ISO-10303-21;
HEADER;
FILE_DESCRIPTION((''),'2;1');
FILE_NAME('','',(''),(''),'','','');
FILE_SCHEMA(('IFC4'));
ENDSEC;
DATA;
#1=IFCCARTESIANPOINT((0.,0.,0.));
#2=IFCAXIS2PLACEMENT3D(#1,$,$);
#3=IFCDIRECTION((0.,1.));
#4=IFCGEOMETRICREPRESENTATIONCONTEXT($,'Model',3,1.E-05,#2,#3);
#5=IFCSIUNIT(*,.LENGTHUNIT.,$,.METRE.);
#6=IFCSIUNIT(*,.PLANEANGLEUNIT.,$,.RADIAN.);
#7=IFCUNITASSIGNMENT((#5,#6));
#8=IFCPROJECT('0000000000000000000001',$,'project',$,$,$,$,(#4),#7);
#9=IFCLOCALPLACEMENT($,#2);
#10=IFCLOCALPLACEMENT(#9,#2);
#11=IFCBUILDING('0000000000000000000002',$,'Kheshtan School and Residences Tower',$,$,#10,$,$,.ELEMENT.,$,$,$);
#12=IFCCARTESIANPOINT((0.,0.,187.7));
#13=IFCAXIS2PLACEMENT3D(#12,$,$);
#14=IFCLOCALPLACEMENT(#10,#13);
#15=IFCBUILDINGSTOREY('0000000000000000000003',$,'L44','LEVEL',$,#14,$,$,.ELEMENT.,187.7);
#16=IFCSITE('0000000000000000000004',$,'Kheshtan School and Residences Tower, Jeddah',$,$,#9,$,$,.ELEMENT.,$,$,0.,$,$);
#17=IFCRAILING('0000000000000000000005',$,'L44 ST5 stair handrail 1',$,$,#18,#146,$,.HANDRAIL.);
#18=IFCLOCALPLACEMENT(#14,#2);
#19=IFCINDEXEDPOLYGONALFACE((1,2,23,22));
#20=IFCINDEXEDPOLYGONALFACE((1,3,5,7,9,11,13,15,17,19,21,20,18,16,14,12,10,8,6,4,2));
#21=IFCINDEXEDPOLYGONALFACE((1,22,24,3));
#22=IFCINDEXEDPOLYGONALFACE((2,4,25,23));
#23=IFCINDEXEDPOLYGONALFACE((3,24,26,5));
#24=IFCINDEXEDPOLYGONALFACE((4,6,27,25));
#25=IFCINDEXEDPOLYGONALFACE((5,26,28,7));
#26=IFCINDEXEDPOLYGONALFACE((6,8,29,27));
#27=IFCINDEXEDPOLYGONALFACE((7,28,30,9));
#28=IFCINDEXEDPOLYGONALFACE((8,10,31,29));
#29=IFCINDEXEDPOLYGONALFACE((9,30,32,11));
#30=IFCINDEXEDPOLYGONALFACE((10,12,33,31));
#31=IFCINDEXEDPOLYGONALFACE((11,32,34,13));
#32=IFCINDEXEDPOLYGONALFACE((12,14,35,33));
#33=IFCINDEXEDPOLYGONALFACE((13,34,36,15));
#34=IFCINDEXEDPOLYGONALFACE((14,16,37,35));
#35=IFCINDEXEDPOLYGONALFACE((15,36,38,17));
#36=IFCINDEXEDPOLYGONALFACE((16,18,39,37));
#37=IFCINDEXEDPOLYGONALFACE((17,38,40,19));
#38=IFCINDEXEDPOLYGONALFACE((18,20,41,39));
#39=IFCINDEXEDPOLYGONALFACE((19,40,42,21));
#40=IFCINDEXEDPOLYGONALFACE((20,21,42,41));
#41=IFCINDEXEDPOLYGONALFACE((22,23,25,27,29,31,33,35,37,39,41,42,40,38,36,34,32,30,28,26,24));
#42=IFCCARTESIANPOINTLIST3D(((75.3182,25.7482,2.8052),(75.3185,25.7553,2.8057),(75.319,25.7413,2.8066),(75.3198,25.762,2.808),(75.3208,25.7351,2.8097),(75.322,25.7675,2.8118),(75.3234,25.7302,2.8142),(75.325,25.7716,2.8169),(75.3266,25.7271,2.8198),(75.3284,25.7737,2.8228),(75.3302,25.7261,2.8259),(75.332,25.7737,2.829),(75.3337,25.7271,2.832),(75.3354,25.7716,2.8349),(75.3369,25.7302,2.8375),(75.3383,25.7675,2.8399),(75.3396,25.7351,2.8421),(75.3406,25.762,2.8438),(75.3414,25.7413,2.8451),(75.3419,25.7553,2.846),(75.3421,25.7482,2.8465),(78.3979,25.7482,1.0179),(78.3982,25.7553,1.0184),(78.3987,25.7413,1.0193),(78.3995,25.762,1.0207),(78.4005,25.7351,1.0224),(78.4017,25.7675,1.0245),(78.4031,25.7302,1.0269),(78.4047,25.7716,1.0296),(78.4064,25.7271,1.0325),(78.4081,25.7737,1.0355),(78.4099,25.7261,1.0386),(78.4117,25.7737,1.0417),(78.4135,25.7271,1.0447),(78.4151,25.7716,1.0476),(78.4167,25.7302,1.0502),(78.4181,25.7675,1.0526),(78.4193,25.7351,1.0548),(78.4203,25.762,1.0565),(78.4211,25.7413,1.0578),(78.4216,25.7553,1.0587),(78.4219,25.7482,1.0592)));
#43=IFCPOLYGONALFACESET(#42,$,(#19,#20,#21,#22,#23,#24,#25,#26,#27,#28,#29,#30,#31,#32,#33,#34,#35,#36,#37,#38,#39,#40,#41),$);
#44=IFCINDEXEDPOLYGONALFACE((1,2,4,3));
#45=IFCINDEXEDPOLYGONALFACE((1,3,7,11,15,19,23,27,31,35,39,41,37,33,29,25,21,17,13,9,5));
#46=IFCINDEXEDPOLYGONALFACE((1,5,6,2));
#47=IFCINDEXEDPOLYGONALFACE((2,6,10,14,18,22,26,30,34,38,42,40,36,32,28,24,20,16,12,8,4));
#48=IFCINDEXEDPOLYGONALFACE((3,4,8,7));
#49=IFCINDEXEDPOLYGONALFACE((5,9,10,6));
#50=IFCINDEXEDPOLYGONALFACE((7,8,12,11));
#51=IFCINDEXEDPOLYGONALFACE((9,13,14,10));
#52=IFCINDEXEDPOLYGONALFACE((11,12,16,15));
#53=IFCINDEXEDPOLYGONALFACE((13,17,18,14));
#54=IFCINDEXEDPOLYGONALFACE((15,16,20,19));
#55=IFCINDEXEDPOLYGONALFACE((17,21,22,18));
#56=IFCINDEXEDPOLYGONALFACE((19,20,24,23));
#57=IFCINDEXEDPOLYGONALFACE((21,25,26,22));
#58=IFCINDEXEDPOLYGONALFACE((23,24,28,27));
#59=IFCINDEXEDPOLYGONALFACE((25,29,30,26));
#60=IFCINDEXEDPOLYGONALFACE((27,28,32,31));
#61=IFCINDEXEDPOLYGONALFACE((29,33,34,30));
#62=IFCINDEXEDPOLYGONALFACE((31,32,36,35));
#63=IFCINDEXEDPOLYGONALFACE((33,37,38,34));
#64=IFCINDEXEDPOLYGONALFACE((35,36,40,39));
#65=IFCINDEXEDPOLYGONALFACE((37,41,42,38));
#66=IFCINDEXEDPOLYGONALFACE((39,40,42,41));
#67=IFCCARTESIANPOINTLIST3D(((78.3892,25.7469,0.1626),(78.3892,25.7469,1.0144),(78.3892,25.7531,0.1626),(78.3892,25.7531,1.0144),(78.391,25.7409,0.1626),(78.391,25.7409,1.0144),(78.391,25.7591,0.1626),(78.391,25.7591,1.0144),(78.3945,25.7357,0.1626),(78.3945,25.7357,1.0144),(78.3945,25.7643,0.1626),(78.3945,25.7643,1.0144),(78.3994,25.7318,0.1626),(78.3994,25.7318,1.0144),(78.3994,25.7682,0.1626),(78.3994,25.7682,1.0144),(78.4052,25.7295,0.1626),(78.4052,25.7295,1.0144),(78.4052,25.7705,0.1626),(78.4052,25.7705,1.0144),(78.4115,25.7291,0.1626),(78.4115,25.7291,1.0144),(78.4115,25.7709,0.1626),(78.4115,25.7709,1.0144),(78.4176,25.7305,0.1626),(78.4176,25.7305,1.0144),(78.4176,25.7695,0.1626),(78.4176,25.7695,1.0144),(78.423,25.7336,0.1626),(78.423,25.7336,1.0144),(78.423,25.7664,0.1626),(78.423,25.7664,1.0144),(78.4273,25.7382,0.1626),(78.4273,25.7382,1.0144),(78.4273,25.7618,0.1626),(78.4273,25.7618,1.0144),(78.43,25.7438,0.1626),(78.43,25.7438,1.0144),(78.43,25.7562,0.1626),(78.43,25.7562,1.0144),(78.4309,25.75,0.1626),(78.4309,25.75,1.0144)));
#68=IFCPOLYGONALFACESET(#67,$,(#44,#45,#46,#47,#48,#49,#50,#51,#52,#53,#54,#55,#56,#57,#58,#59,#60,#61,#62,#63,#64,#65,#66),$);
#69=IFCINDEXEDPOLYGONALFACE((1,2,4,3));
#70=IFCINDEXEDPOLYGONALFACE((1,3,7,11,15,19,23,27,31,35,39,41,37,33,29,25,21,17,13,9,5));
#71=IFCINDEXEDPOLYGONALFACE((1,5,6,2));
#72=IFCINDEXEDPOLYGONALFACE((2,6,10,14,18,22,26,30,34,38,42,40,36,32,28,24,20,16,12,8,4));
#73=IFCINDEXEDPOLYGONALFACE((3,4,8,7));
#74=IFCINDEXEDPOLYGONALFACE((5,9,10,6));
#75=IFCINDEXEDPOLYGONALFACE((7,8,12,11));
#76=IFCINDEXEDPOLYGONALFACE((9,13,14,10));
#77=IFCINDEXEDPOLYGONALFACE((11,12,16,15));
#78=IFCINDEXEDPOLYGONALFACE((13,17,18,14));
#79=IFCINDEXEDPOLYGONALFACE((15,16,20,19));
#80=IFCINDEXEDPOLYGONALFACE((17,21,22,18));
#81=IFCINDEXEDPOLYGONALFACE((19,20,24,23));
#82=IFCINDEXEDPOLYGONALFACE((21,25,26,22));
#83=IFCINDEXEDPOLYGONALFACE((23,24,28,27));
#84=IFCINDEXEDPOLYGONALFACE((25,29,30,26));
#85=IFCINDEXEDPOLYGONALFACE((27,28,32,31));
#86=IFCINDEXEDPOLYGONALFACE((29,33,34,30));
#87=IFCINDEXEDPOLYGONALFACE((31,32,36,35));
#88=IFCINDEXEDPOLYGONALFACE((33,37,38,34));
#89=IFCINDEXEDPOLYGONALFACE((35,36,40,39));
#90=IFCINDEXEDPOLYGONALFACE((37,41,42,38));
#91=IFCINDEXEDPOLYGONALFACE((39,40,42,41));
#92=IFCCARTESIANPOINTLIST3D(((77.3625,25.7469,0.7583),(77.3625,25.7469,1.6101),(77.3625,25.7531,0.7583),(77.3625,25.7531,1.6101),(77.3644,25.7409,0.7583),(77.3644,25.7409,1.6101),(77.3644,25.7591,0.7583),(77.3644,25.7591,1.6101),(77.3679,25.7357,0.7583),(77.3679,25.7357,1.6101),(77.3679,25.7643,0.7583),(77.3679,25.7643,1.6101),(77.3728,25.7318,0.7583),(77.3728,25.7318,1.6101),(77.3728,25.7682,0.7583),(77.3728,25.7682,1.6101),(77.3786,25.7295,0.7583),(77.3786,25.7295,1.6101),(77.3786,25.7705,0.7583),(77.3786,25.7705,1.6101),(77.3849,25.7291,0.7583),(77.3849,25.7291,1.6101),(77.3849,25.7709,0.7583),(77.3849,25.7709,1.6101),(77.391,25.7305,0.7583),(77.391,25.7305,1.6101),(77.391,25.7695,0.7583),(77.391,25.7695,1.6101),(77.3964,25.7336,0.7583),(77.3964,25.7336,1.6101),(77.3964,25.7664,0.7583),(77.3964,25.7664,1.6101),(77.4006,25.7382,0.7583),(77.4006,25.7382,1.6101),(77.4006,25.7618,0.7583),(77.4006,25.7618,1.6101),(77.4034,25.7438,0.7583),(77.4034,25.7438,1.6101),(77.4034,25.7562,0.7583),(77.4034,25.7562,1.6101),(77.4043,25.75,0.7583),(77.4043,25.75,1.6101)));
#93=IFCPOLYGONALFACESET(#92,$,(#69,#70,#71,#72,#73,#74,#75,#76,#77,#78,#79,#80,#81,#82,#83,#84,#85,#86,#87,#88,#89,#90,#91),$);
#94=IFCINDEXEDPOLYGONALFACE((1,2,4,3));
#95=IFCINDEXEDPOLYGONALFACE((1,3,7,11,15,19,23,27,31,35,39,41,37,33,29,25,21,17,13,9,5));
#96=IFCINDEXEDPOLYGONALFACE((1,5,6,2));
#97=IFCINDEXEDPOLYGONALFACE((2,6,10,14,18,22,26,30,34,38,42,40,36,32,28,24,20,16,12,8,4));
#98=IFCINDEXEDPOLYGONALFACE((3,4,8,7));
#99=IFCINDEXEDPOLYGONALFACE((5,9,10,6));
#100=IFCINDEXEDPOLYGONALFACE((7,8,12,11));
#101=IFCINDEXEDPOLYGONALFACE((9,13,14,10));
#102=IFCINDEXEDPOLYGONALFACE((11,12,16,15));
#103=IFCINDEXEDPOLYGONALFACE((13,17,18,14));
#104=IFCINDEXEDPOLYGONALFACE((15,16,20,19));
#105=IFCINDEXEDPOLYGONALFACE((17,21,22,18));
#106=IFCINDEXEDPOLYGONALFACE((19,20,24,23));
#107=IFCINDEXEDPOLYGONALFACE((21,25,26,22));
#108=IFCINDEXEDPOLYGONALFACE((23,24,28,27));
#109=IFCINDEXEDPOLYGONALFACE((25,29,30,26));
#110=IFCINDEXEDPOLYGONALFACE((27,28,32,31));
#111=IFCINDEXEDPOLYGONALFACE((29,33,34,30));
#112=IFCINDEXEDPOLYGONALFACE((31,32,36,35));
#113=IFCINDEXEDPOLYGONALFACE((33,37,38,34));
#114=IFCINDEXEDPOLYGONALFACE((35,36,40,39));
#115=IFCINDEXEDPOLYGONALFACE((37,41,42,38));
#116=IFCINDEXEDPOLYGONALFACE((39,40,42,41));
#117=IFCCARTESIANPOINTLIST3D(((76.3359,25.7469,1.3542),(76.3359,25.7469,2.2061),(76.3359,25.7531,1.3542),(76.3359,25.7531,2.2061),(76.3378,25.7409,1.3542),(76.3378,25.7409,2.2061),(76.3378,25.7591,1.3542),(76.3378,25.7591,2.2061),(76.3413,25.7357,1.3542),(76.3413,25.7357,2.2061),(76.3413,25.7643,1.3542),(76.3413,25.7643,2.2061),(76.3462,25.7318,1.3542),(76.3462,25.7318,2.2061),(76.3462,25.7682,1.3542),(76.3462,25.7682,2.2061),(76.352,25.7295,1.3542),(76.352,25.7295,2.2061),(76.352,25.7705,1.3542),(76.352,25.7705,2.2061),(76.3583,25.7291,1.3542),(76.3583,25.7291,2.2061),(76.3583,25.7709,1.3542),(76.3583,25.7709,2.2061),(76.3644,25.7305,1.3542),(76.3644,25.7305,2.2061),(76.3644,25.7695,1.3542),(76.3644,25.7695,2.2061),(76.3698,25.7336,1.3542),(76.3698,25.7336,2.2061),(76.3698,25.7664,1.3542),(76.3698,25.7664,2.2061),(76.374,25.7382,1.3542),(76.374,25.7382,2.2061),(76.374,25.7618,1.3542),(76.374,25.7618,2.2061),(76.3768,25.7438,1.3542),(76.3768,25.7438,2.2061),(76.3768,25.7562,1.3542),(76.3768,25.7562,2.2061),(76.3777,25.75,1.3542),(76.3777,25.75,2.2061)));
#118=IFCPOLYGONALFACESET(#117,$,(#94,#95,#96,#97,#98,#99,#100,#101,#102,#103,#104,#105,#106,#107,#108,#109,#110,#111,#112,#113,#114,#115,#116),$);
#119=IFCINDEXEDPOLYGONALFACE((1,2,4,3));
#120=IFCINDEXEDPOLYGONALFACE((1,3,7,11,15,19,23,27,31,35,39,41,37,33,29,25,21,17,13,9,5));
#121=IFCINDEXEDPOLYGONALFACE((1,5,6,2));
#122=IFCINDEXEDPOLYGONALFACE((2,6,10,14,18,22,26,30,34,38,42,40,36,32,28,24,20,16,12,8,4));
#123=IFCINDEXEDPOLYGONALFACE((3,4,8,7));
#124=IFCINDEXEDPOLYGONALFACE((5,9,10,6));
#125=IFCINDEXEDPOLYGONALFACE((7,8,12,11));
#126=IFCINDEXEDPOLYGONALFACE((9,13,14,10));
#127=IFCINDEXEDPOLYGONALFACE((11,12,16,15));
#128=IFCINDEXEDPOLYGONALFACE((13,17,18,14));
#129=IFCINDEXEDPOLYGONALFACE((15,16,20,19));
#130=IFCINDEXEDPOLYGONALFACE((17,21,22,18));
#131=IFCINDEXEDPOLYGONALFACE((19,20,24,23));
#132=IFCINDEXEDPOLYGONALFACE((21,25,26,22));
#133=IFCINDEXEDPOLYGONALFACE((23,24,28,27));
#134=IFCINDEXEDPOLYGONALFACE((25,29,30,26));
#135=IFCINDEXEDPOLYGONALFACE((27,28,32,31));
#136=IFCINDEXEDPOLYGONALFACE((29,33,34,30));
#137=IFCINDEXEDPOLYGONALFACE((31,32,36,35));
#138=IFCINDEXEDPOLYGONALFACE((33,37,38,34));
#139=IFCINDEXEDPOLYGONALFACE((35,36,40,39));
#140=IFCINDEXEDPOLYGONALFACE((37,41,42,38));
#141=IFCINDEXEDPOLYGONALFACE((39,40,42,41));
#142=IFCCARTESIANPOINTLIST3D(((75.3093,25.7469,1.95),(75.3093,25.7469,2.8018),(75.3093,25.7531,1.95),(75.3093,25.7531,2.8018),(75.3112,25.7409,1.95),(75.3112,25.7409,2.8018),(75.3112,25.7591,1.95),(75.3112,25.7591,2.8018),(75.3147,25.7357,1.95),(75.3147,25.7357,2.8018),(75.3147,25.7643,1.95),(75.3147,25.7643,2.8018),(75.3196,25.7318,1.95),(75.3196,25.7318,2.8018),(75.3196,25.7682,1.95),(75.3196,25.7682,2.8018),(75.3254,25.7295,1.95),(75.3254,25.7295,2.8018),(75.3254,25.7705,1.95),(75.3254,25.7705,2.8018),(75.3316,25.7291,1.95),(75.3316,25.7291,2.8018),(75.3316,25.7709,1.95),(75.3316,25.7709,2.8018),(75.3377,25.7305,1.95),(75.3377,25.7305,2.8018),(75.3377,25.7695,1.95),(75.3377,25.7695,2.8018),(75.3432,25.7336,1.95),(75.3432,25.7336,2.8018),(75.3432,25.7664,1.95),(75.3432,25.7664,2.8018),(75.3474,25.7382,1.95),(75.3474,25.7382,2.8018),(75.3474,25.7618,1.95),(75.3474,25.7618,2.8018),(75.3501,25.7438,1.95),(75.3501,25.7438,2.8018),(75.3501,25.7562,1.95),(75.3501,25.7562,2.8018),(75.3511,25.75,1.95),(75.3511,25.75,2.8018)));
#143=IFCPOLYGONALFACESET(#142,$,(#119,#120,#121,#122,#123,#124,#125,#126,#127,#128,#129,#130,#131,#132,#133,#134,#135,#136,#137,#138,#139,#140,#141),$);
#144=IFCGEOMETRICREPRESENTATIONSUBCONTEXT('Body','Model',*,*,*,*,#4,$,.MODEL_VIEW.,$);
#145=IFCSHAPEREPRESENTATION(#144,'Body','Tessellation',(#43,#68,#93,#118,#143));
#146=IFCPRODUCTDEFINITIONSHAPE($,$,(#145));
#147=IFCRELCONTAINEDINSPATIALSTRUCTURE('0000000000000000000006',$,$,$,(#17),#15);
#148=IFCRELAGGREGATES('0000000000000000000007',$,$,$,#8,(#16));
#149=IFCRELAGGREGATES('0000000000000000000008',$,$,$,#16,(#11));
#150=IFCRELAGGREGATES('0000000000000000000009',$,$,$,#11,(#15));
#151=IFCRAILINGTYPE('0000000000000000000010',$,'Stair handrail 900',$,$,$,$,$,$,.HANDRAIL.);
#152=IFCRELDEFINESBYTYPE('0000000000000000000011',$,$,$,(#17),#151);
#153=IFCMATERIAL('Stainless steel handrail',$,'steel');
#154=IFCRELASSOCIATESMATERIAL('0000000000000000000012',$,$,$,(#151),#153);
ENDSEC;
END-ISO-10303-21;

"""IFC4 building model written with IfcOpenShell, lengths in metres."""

from ifc_helpers import new_model, si_unit, direction, frame, origin, origin_2d, place, context, subcontext, project, spatial, circle, extrude, material, type_object, element, save


model = new_model("IFC4")

# Units and contexts
model_context = context("Model", 3, precision=1e-05, world=origin(), true_north=direction((0.0, 1.0)))
body_context = subcontext(model_context, "Body", "Model", "MODEL_VIEW")
ifc_project = project(units=[si_unit("LENGTHUNIT", "METRE"), si_unit("PLANEANGLEUNIT", "RADIAN")], contexts=[model_context])

# Site, building, storey
site_placement = place(None, origin())
site = spatial("IfcSite", under=ifc_project, at=site_placement, Name="Kheshtan School and Residences Tower, Jeddah", CompositionType="ELEMENT", RefElevation=0.0)
building_placement = place(site_placement, origin())
building = spatial("IfcBuilding", under=site, at=building_placement, Name="Kheshtan School and Residences Tower", CompositionType="ELEMENT")
storey_placement = place(building_placement, frame((0.0, 0.0, 187.7)))
storey = spatial("IfcBuildingStorey", under=building, at=storey_placement, Name="L44", Description="LEVEL", CompositionType="ELEMENT", Elevation=187.7)

# Railing
ifc_material_1 = material(Name="Stainless steel handrail", Category="steel")
railing_type_1 = type_object("IfcRailingType", Name="Stair handrail 900", PredefinedType="HANDRAIL", material=ifc_material_1)
railing_1_placement = place(storey_placement, frame((78.4099, 25.75, 0.1626)))
element("IfcRailing", 1, at=railing_1_placement, inside=storey, type_object=railing_type_1, Name="L44 ST5 stair handrail 1", PredefinedType="HANDRAIL", context=body_context, shape_type="SweptSolid", body=[
    extrude(circle(Radius=0.0239, at=origin_2d()), frame((0.0, 0.0, 0.876), z_axis=(-0.864903, 0.0, 0.501939), x_axis=(0.0, -1.0, 0.0)), (0.0, 0.0, 1.0), 3.5608),
    extrude(circle(Radius=0.021, at=origin_2d()), origin(), (0.0, 0.0, 1.0), 0.8518),
    extrude(circle(Radius=0.021, at=origin_2d()), frame((-1.0266, 0.0, 0.5957)), (0.0, 0.0, 1.0), 0.8518),
    extrude(circle(Radius=0.021, at=origin_2d()), frame((-2.0532, 0.0, 1.1917)), (0.0, 0.0, 1.0), 0.8518),
    extrude(circle(Radius=0.021, at=origin_2d()), frame((-3.0798, 0.0, 1.7874)), (0.0, 0.0, 1.0), 0.8518),
])

save(model, "model.ifc")
